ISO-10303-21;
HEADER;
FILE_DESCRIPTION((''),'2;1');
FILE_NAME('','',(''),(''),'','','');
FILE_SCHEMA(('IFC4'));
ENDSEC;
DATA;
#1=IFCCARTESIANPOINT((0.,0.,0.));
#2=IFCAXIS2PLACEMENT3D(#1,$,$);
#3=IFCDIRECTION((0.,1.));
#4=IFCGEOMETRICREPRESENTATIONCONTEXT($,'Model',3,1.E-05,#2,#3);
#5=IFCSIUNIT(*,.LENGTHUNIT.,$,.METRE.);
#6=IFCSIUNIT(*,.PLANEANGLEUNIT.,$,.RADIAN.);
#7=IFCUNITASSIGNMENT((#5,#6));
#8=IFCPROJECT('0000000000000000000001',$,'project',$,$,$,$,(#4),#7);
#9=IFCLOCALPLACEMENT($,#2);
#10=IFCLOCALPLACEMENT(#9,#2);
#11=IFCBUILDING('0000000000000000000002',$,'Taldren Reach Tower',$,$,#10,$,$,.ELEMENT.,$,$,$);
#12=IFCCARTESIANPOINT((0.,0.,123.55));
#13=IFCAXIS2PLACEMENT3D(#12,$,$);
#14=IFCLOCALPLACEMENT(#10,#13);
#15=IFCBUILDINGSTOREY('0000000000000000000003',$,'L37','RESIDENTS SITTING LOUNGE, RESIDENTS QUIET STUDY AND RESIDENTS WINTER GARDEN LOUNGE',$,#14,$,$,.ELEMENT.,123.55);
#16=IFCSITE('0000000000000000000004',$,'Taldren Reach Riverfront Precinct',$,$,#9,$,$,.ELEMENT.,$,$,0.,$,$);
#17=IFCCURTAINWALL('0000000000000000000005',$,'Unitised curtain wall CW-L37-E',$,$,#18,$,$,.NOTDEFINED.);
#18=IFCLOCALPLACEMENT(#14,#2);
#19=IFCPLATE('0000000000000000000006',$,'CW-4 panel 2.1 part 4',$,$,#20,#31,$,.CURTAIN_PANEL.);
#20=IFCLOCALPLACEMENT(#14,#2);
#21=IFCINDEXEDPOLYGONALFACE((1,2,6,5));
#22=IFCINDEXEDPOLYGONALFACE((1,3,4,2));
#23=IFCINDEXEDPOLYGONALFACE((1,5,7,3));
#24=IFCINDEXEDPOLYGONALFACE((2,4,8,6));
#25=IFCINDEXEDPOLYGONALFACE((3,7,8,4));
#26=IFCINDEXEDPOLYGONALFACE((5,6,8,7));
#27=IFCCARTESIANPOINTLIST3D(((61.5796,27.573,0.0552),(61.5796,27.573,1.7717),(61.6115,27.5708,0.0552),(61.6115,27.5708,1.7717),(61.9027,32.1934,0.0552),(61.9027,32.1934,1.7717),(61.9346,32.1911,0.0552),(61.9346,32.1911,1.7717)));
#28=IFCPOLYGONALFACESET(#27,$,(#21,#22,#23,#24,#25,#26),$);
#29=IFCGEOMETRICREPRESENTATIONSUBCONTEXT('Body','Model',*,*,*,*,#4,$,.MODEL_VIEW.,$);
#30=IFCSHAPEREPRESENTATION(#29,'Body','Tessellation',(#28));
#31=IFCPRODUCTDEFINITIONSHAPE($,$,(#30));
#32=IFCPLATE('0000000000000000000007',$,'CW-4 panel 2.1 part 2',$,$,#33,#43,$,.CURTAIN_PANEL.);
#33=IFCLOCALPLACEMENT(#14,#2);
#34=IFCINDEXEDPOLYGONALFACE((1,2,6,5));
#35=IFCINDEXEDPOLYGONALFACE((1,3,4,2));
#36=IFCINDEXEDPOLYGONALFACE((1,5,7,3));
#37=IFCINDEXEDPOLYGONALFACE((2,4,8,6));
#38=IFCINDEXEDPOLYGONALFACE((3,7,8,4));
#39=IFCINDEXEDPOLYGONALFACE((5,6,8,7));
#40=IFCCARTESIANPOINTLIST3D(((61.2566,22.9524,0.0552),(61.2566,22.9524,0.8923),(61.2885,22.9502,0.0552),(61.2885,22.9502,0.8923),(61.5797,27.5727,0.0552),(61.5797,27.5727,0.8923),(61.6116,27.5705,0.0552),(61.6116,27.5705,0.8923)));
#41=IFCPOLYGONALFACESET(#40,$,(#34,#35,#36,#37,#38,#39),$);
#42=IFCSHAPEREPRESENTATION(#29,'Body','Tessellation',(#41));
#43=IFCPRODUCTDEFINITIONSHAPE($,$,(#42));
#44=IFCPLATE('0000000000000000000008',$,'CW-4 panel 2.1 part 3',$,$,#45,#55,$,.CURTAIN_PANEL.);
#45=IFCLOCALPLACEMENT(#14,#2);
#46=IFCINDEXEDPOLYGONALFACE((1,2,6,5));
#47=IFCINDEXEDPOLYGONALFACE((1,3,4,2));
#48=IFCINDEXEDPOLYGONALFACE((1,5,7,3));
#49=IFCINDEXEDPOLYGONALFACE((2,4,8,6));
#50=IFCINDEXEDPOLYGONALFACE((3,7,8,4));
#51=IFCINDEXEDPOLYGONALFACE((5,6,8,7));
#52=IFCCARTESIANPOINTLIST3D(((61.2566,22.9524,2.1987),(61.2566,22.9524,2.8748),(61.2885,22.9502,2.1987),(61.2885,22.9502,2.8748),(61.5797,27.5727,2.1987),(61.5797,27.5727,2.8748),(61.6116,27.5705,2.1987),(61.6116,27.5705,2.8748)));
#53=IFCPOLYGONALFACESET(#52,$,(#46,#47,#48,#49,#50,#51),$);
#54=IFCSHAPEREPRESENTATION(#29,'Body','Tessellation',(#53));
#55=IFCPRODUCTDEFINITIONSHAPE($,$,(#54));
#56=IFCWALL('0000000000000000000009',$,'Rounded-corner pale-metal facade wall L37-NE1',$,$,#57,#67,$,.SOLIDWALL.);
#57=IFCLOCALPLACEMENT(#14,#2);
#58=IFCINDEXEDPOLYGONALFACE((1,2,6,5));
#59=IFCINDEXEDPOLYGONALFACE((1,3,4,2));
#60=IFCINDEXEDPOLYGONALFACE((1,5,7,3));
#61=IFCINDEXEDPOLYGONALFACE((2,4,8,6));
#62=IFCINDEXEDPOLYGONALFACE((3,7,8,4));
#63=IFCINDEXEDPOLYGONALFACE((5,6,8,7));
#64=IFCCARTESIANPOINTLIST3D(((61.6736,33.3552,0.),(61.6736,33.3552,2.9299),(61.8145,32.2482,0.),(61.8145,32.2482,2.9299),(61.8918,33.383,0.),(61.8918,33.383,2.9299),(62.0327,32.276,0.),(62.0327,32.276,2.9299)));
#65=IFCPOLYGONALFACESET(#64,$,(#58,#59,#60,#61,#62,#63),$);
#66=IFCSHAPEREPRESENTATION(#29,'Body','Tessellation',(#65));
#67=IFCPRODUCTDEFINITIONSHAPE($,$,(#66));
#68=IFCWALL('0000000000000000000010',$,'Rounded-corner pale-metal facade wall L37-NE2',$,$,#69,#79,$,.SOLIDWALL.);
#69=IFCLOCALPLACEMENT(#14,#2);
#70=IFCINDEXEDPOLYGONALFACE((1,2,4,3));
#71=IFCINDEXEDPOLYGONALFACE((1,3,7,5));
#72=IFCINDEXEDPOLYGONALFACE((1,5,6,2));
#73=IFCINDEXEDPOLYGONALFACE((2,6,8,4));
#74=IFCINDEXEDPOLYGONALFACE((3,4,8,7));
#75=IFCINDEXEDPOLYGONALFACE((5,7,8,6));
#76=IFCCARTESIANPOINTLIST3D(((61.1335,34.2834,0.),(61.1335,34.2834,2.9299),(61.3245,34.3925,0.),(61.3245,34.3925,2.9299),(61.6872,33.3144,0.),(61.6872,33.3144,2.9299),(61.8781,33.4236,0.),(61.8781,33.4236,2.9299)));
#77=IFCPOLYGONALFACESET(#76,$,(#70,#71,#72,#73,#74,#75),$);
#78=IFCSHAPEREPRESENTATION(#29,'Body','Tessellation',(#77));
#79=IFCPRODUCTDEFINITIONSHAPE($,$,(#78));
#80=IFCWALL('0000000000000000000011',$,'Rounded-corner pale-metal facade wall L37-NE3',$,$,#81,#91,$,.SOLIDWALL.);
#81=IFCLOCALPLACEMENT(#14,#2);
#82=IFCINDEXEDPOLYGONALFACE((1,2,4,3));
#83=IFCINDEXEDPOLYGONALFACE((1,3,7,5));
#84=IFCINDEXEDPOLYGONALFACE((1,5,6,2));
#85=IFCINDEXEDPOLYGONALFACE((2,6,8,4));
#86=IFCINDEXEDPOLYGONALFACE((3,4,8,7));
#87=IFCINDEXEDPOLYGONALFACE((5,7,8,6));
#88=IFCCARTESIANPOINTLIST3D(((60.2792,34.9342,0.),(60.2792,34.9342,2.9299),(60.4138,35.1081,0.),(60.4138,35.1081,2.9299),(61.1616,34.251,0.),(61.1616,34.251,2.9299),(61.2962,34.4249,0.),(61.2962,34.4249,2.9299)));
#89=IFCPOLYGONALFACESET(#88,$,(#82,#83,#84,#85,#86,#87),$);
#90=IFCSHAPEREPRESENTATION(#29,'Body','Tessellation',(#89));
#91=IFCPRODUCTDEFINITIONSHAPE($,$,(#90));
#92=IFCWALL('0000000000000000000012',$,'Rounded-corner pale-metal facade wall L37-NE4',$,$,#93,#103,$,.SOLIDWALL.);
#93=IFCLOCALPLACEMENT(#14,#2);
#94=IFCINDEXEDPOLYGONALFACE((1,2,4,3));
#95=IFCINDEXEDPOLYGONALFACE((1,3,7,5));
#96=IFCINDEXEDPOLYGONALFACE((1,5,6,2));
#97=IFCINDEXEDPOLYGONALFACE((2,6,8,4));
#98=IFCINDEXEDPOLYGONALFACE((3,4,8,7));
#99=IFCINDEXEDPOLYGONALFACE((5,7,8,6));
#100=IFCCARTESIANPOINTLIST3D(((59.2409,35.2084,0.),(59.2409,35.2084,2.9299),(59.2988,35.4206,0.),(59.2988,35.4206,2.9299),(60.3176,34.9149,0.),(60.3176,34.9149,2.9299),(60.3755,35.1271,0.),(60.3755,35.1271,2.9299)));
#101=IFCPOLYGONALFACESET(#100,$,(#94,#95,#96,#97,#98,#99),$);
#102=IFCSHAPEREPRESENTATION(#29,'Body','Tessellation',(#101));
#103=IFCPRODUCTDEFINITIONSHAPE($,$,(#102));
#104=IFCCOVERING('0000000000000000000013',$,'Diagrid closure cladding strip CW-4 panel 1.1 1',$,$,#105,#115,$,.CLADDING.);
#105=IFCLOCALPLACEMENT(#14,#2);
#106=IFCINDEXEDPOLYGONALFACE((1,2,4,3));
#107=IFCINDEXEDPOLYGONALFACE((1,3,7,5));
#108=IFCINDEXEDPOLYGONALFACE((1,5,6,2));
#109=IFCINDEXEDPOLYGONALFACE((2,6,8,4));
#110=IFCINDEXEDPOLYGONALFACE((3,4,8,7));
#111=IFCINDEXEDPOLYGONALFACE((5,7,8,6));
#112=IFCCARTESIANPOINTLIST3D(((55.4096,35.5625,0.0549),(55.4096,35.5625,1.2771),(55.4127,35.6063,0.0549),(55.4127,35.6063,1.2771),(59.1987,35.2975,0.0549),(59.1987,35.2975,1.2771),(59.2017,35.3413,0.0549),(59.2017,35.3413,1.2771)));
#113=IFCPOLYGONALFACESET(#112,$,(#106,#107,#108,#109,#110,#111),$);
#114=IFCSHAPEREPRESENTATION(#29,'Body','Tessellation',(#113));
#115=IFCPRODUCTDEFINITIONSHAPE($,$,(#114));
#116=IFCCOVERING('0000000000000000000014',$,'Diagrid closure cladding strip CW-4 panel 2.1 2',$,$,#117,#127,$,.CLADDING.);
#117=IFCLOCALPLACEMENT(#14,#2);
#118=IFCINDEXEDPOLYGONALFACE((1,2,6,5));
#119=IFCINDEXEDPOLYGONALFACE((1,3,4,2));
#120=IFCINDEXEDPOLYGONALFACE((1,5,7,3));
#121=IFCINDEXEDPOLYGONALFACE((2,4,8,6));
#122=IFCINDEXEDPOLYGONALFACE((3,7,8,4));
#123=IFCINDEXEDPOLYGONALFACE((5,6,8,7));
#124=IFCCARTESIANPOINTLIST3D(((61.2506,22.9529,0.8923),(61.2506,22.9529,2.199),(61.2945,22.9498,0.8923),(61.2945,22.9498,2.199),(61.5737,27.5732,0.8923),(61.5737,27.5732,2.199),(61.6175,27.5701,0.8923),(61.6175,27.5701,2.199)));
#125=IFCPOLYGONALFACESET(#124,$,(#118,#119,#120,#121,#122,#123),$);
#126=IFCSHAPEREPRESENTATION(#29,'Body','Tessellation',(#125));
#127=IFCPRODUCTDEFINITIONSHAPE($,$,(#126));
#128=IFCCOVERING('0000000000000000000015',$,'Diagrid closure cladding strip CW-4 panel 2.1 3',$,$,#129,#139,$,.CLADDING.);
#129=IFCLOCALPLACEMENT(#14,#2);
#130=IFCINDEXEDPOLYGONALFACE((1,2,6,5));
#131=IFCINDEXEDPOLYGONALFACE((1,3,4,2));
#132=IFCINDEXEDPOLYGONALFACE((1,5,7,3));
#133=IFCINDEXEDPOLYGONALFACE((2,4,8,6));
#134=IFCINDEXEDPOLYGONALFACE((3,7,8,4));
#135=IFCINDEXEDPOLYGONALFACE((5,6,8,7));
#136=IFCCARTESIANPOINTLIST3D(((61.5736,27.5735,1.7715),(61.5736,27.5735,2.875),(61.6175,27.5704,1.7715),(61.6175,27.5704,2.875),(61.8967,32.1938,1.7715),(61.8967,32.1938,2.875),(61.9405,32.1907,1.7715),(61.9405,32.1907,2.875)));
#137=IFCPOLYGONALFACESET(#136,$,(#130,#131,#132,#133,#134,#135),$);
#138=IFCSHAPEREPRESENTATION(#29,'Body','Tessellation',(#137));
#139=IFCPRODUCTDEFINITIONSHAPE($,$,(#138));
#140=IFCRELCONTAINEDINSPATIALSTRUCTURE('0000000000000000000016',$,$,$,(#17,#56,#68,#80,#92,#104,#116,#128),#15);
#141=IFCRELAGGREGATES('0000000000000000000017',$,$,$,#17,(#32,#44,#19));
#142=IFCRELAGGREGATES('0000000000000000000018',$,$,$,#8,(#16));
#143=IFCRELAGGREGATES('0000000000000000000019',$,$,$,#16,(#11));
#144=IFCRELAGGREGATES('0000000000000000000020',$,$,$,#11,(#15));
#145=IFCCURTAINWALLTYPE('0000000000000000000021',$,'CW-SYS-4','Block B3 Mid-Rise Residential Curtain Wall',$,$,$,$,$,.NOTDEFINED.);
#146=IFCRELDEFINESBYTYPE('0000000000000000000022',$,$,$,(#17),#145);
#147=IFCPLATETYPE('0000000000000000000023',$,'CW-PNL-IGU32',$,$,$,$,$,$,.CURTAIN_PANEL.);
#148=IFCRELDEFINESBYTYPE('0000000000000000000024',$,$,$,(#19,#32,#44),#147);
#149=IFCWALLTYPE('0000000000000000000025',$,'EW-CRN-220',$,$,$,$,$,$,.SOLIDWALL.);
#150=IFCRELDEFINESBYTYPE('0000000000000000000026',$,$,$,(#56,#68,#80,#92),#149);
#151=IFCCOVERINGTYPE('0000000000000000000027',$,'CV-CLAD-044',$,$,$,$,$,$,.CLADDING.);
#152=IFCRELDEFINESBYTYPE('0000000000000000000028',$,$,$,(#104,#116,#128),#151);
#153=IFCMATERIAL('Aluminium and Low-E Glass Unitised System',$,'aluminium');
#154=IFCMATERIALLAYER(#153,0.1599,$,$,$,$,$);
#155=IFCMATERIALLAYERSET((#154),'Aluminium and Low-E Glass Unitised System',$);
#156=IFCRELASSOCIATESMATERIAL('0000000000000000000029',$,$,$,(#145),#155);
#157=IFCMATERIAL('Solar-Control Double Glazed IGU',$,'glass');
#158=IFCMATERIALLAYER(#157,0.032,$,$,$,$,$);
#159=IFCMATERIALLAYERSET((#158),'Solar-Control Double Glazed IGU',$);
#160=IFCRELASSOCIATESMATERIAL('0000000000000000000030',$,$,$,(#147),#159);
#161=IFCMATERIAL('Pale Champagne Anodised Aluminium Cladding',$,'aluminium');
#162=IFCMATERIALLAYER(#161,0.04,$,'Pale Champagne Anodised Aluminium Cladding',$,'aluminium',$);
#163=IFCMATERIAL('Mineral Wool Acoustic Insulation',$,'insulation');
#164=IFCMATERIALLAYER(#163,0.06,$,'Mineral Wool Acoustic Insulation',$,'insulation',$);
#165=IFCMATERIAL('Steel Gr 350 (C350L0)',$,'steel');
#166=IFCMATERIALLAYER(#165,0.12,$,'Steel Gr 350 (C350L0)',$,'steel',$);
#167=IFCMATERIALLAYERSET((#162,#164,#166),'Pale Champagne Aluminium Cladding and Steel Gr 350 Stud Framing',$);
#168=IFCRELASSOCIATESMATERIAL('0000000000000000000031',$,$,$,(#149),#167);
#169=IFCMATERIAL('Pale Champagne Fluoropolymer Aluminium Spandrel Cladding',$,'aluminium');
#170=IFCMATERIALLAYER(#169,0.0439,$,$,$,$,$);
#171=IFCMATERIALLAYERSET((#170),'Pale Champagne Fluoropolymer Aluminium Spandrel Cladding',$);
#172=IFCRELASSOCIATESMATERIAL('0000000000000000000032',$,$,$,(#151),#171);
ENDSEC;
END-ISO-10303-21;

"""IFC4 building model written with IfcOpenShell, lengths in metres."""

from ifc_helpers import new_model, si_unit, direction, frame, frame_2d, origin, origin_2d, place, context, subcontext, project, spatial, rectangle, extrude, source, transform, mapped, material, layer, layer_set, type_object, element, aggregate, save


model = new_model("IFC4")

# Units and contexts
model_context = context("Model", 3, precision=1e-05, world=origin(), true_north=direction((0.0, 1.0)))
body_context = subcontext(model_context, "Body", "Model", "MODEL_VIEW")
ifc_project = project(units=[si_unit("LENGTHUNIT", "METRE"), si_unit("PLANEANGLEUNIT", "RADIAN")], contexts=[model_context])

# Site, building, storey
site_placement = place(None, origin())
site = spatial("IfcSite", under=ifc_project, at=site_placement, Name="Taldren Reach Riverfront Precinct", CompositionType="ELEMENT", RefElevation=0.0)
building_placement = place(site_placement, origin())
building = spatial("IfcBuilding", under=site, at=building_placement, Name="Taldren Reach Tower", CompositionType="ELEMENT")
storey_placement = place(building_placement, frame((0.0, 0.0, 123.55)))
storey = spatial("IfcBuildingStorey", under=building, at=storey_placement, Name="L37", Description="RESIDENTS SITTING LOUNGE, RESIDENTS QUIET STUDY AND RESIDENTS WINTER GARDEN LOUNGE", CompositionType="ELEMENT", Elevation=123.55)

# Shared definitions
ifc_material_1 = material(Name="Steel Gr 350 (C350L0)", Category="steel")

# Shared definitions
ifc_material_2 = material(Name="Aluminium and Low-E Glass Unitised System", Category="aluminium")
ifc_layer_1 = layer(ifc_material_2, 0.1599)
ifc_layer_set_1 = layer_set([ifc_layer_1], Name="Aluminium and Low-E Glass Unitised System")
curtain_wall_type = type_object("IfcCurtainWallType", Name="CW-SYS-4", Description="Block B3 Mid-Rise Residential Curtain Wall", PredefinedType="NOTDEFINED", material=ifc_layer_set_1)

# Curtain wall
curtain_wall_1_placement = place(storey_placement, origin())
curtain_wall_1 = element("IfcCurtainWall", 1, at=curtain_wall_1_placement, inside=storey, type_object=curtain_wall_type, Name="Unitised curtain wall CW-L37-E", PredefinedType="NOTDEFINED")

# Plates
ifc_material_3 = material(Name="Solar-Control Double Glazed IGU", Category="glass")
ifc_layer_2 = layer(ifc_material_3, 0.032)
ifc_layer_set_2 = layer_set([ifc_layer_2], Name="Solar-Control Double Glazed IGU")
plate_type_1 = type_object("IfcPlateType", Name="CW-PNL-IGU32", PredefinedType="CURTAIN_PANEL", material=ifc_layer_set_2)
shared_shape_1 = source(origin(), body_context, "Body", "SweptSolid", [
    extrude(rectangle(XDim=4.6316, YDim=0.032, at=origin_2d()), origin(), (0.0, 0.0, 1.0), 1.7166),
])
plate_1_placement = place(storey_placement, frame((61.7571, 29.8821, 0.0552), z_axis=(0.0, 0.0, 1.0), x_axis=(0.069756, 0.997564, 0.0)))
plate_1 = element("IfcPlate", 2, at=plate_1_placement, type_object=plate_type_1, Name="CW-4 panel 2.1 part 4", PredefinedType="CURTAIN_PANEL", context=body_context, shape_type="MappedRepresentation", body=[
    mapped(shared_shape_1, transform((0.0, 0.0, 0.0), scale=1.0)),
])
shared_shape_2 = source(origin(), body_context, "Body", "SweptSolid", [
    extrude(rectangle(XDim=4.6316, YDim=0.032, at=origin_2d()), origin(), (0.0, 0.0, 1.0), 0.8372),
])
plate_2_placement = place(storey_placement, frame((61.4341, 25.2615, 0.0552), z_axis=(0.0, 0.0, 1.0), x_axis=(0.069756, 0.997564, 0.0)))
plate_2 = element("IfcPlate", 3, at=plate_2_placement, type_object=plate_type_1, Name="CW-4 panel 2.1 part 2", PredefinedType="CURTAIN_PANEL", context=body_context, shape_type="MappedRepresentation", body=[
    mapped(shared_shape_2, transform((0.0, 0.0, 0.0), scale=1.0)),
])
shared_shape_3 = source(origin(), body_context, "Body", "SweptSolid", [
    extrude(rectangle(XDim=4.6316, YDim=0.032, at=origin_2d()), origin(), (0.0, 0.0, 1.0), 0.676),
])
plate_3_placement = place(storey_placement, frame((61.4341, 25.2615, 2.1987), z_axis=(0.0, 0.0, 1.0), x_axis=(0.069756, 0.997564, 0.0)))
plate_3 = element("IfcPlate", 4, at=plate_3_placement, type_object=plate_type_1, Name="CW-4 panel 2.1 part 3", PredefinedType="CURTAIN_PANEL", context=body_context, shape_type="MappedRepresentation", body=[
    mapped(shared_shape_3, transform((0.0, 0.0, 0.0), scale=1.0)),
])
aggregate(curtain_wall_1, [plate_2, plate_3, plate_1])

# Walls
ifc_material_4 = material(Name="Pale Champagne Anodised Aluminium Cladding", Category="aluminium")
ifc_layer_3 = layer(ifc_material_4, 0.04, Name="Pale Champagne Anodised Aluminium Cladding", Category="aluminium")
ifc_material_5 = material(Name="Mineral Wool Acoustic Insulation", Category="insulation")
ifc_layer_4 = layer(ifc_material_5, 0.06, Name="Mineral Wool Acoustic Insulation", Category="insulation")
ifc_layer_5 = layer(ifc_material_1, 0.12, Name="Steel Gr 350 (C350L0)", Category="steel")
ifc_layer_set_3 = layer_set([ifc_layer_3, ifc_layer_4, ifc_layer_5], Name="Pale Champagne Aluminium Cladding and Steel Gr 350 Stud Framing")
wall_type = type_object("IfcWallType", Name="EW-CRN-220", PredefinedType="SOLIDWALL", material=ifc_layer_set_3)
shared_shape_4 = source(origin(), body_context, "Body", "SweptSolid", [
    extrude(rectangle(XDim=1.116, YDim=0.22, at=frame_2d((0.5581, 0.0))), origin(), (0.0, 0.0, 1.0), 2.9299),
])
for number, where, z_axis, x_axis, name in (
    (5, (61.9236, 32.262, 0.0), (0.0, 0.0, 1.0), (-0.126243, 0.991999, 0.0), "Rounded-corner pale-metal facade wall L37-NE1"),
    (6, (61.7827, 33.3689, 0.0), (0.0, 0.0, 1.0), (-0.496139, 0.868243, 0.0), "Rounded-corner pale-metal facade wall L37-NE2"),
    (7, (61.229, 34.3379, 0.0), (0.0, 0.0, 1.0), (-0.790717, 0.612182, 0.0), "Rounded-corner pale-metal facade wall L37-NE3"),
    (8, (60.3467, 35.021, 0.0), (0.0, 0.0, 1.0), (-0.964804, 0.262969, 0.0), "Rounded-corner pale-metal facade wall L37-NE4"),
):
    element("IfcWall", number, at=place(storey_placement, frame(where, z_axis=z_axis, x_axis=x_axis)), inside=storey, type_object=wall_type, Name=name, PredefinedType="SOLIDWALL", context=body_context, shape_type="MappedRepresentation", body=[
        mapped(shared_shape_4, transform((0.0, 0.0, 0.0), scale=1.0)),
    ])

# Coverings
ifc_material_6 = material(Name="Pale Champagne Fluoropolymer Aluminium Spandrel Cladding", Category="aluminium")
ifc_layer_6 = layer(ifc_material_6, 0.0439)
ifc_layer_set_4 = layer_set([ifc_layer_6], Name="Pale Champagne Fluoropolymer Aluminium Spandrel Cladding")
covering_type = type_object("IfcCoveringType", Name="CV-CLAD-044", PredefinedType="CLADDING", material=ifc_layer_set_4)
shared_shape_5 = source(origin(), body_context, "Body", "SweptSolid", [
    extrude(rectangle(XDim=3.7983, YDim=0.0439, at=origin_2d()), origin(), (0.0, 0.0, 1.0), 1.2222),
])
covering_1_placement = place(storey_placement, frame((57.3057, 35.4519, 0.0549), z_axis=(0.0, 0.0, 1.0), x_axis=(-0.997564, 0.069757, 0.0)))
element("IfcCovering", 9, at=covering_1_placement, inside=storey, type_object=covering_type, Name="Diagrid closure cladding strip CW-4 panel 1.1 1", PredefinedType="CLADDING", context=body_context, shape_type="MappedRepresentation", body=[
    mapped(shared_shape_5, transform((0.0, 0.0, 0.0), scale=1.0)),
])
shared_shape_6 = source(origin(), body_context, "Body", "SweptSolid", [
    extrude(rectangle(XDim=4.6316, YDim=0.0439, at=origin_2d()), origin(), (0.0, 0.0, 1.0), 1.3066),
])
covering_2_placement = place(storey_placement, frame((61.4341, 25.2615, 0.8923), z_axis=(0.0, 0.0, 1.0), x_axis=(0.069756, 0.997564, 0.0)))
element("IfcCovering", 10, at=covering_2_placement, inside=storey, type_object=covering_type, Name="Diagrid closure cladding strip CW-4 panel 2.1 2", PredefinedType="CLADDING", context=body_context, shape_type="MappedRepresentation", body=[
    mapped(shared_shape_6, transform((0.0, 0.0, 0.0), scale=1.0)),
])
shared_shape_7 = source(origin(), body_context, "Body", "SweptSolid", [
    extrude(rectangle(XDim=4.6316, YDim=0.0439, at=origin_2d()), origin(), (0.0, 0.0, 1.0), 1.1035),
])
covering_3_placement = place(storey_placement, frame((61.7571, 29.8821, 1.7715), z_axis=(0.0, 0.0, 1.0), x_axis=(0.069756, 0.997564, 0.0)))
element("IfcCovering", 11, at=covering_3_placement, inside=storey, type_object=covering_type, Name="Diagrid closure cladding strip CW-4 panel 2.1 3", PredefinedType="CLADDING", context=body_context, shape_type="MappedRepresentation", body=[
    mapped(shared_shape_7, transform((0.0, 0.0, 0.0), scale=1.0)),
])

save(model, "model.ifc")
